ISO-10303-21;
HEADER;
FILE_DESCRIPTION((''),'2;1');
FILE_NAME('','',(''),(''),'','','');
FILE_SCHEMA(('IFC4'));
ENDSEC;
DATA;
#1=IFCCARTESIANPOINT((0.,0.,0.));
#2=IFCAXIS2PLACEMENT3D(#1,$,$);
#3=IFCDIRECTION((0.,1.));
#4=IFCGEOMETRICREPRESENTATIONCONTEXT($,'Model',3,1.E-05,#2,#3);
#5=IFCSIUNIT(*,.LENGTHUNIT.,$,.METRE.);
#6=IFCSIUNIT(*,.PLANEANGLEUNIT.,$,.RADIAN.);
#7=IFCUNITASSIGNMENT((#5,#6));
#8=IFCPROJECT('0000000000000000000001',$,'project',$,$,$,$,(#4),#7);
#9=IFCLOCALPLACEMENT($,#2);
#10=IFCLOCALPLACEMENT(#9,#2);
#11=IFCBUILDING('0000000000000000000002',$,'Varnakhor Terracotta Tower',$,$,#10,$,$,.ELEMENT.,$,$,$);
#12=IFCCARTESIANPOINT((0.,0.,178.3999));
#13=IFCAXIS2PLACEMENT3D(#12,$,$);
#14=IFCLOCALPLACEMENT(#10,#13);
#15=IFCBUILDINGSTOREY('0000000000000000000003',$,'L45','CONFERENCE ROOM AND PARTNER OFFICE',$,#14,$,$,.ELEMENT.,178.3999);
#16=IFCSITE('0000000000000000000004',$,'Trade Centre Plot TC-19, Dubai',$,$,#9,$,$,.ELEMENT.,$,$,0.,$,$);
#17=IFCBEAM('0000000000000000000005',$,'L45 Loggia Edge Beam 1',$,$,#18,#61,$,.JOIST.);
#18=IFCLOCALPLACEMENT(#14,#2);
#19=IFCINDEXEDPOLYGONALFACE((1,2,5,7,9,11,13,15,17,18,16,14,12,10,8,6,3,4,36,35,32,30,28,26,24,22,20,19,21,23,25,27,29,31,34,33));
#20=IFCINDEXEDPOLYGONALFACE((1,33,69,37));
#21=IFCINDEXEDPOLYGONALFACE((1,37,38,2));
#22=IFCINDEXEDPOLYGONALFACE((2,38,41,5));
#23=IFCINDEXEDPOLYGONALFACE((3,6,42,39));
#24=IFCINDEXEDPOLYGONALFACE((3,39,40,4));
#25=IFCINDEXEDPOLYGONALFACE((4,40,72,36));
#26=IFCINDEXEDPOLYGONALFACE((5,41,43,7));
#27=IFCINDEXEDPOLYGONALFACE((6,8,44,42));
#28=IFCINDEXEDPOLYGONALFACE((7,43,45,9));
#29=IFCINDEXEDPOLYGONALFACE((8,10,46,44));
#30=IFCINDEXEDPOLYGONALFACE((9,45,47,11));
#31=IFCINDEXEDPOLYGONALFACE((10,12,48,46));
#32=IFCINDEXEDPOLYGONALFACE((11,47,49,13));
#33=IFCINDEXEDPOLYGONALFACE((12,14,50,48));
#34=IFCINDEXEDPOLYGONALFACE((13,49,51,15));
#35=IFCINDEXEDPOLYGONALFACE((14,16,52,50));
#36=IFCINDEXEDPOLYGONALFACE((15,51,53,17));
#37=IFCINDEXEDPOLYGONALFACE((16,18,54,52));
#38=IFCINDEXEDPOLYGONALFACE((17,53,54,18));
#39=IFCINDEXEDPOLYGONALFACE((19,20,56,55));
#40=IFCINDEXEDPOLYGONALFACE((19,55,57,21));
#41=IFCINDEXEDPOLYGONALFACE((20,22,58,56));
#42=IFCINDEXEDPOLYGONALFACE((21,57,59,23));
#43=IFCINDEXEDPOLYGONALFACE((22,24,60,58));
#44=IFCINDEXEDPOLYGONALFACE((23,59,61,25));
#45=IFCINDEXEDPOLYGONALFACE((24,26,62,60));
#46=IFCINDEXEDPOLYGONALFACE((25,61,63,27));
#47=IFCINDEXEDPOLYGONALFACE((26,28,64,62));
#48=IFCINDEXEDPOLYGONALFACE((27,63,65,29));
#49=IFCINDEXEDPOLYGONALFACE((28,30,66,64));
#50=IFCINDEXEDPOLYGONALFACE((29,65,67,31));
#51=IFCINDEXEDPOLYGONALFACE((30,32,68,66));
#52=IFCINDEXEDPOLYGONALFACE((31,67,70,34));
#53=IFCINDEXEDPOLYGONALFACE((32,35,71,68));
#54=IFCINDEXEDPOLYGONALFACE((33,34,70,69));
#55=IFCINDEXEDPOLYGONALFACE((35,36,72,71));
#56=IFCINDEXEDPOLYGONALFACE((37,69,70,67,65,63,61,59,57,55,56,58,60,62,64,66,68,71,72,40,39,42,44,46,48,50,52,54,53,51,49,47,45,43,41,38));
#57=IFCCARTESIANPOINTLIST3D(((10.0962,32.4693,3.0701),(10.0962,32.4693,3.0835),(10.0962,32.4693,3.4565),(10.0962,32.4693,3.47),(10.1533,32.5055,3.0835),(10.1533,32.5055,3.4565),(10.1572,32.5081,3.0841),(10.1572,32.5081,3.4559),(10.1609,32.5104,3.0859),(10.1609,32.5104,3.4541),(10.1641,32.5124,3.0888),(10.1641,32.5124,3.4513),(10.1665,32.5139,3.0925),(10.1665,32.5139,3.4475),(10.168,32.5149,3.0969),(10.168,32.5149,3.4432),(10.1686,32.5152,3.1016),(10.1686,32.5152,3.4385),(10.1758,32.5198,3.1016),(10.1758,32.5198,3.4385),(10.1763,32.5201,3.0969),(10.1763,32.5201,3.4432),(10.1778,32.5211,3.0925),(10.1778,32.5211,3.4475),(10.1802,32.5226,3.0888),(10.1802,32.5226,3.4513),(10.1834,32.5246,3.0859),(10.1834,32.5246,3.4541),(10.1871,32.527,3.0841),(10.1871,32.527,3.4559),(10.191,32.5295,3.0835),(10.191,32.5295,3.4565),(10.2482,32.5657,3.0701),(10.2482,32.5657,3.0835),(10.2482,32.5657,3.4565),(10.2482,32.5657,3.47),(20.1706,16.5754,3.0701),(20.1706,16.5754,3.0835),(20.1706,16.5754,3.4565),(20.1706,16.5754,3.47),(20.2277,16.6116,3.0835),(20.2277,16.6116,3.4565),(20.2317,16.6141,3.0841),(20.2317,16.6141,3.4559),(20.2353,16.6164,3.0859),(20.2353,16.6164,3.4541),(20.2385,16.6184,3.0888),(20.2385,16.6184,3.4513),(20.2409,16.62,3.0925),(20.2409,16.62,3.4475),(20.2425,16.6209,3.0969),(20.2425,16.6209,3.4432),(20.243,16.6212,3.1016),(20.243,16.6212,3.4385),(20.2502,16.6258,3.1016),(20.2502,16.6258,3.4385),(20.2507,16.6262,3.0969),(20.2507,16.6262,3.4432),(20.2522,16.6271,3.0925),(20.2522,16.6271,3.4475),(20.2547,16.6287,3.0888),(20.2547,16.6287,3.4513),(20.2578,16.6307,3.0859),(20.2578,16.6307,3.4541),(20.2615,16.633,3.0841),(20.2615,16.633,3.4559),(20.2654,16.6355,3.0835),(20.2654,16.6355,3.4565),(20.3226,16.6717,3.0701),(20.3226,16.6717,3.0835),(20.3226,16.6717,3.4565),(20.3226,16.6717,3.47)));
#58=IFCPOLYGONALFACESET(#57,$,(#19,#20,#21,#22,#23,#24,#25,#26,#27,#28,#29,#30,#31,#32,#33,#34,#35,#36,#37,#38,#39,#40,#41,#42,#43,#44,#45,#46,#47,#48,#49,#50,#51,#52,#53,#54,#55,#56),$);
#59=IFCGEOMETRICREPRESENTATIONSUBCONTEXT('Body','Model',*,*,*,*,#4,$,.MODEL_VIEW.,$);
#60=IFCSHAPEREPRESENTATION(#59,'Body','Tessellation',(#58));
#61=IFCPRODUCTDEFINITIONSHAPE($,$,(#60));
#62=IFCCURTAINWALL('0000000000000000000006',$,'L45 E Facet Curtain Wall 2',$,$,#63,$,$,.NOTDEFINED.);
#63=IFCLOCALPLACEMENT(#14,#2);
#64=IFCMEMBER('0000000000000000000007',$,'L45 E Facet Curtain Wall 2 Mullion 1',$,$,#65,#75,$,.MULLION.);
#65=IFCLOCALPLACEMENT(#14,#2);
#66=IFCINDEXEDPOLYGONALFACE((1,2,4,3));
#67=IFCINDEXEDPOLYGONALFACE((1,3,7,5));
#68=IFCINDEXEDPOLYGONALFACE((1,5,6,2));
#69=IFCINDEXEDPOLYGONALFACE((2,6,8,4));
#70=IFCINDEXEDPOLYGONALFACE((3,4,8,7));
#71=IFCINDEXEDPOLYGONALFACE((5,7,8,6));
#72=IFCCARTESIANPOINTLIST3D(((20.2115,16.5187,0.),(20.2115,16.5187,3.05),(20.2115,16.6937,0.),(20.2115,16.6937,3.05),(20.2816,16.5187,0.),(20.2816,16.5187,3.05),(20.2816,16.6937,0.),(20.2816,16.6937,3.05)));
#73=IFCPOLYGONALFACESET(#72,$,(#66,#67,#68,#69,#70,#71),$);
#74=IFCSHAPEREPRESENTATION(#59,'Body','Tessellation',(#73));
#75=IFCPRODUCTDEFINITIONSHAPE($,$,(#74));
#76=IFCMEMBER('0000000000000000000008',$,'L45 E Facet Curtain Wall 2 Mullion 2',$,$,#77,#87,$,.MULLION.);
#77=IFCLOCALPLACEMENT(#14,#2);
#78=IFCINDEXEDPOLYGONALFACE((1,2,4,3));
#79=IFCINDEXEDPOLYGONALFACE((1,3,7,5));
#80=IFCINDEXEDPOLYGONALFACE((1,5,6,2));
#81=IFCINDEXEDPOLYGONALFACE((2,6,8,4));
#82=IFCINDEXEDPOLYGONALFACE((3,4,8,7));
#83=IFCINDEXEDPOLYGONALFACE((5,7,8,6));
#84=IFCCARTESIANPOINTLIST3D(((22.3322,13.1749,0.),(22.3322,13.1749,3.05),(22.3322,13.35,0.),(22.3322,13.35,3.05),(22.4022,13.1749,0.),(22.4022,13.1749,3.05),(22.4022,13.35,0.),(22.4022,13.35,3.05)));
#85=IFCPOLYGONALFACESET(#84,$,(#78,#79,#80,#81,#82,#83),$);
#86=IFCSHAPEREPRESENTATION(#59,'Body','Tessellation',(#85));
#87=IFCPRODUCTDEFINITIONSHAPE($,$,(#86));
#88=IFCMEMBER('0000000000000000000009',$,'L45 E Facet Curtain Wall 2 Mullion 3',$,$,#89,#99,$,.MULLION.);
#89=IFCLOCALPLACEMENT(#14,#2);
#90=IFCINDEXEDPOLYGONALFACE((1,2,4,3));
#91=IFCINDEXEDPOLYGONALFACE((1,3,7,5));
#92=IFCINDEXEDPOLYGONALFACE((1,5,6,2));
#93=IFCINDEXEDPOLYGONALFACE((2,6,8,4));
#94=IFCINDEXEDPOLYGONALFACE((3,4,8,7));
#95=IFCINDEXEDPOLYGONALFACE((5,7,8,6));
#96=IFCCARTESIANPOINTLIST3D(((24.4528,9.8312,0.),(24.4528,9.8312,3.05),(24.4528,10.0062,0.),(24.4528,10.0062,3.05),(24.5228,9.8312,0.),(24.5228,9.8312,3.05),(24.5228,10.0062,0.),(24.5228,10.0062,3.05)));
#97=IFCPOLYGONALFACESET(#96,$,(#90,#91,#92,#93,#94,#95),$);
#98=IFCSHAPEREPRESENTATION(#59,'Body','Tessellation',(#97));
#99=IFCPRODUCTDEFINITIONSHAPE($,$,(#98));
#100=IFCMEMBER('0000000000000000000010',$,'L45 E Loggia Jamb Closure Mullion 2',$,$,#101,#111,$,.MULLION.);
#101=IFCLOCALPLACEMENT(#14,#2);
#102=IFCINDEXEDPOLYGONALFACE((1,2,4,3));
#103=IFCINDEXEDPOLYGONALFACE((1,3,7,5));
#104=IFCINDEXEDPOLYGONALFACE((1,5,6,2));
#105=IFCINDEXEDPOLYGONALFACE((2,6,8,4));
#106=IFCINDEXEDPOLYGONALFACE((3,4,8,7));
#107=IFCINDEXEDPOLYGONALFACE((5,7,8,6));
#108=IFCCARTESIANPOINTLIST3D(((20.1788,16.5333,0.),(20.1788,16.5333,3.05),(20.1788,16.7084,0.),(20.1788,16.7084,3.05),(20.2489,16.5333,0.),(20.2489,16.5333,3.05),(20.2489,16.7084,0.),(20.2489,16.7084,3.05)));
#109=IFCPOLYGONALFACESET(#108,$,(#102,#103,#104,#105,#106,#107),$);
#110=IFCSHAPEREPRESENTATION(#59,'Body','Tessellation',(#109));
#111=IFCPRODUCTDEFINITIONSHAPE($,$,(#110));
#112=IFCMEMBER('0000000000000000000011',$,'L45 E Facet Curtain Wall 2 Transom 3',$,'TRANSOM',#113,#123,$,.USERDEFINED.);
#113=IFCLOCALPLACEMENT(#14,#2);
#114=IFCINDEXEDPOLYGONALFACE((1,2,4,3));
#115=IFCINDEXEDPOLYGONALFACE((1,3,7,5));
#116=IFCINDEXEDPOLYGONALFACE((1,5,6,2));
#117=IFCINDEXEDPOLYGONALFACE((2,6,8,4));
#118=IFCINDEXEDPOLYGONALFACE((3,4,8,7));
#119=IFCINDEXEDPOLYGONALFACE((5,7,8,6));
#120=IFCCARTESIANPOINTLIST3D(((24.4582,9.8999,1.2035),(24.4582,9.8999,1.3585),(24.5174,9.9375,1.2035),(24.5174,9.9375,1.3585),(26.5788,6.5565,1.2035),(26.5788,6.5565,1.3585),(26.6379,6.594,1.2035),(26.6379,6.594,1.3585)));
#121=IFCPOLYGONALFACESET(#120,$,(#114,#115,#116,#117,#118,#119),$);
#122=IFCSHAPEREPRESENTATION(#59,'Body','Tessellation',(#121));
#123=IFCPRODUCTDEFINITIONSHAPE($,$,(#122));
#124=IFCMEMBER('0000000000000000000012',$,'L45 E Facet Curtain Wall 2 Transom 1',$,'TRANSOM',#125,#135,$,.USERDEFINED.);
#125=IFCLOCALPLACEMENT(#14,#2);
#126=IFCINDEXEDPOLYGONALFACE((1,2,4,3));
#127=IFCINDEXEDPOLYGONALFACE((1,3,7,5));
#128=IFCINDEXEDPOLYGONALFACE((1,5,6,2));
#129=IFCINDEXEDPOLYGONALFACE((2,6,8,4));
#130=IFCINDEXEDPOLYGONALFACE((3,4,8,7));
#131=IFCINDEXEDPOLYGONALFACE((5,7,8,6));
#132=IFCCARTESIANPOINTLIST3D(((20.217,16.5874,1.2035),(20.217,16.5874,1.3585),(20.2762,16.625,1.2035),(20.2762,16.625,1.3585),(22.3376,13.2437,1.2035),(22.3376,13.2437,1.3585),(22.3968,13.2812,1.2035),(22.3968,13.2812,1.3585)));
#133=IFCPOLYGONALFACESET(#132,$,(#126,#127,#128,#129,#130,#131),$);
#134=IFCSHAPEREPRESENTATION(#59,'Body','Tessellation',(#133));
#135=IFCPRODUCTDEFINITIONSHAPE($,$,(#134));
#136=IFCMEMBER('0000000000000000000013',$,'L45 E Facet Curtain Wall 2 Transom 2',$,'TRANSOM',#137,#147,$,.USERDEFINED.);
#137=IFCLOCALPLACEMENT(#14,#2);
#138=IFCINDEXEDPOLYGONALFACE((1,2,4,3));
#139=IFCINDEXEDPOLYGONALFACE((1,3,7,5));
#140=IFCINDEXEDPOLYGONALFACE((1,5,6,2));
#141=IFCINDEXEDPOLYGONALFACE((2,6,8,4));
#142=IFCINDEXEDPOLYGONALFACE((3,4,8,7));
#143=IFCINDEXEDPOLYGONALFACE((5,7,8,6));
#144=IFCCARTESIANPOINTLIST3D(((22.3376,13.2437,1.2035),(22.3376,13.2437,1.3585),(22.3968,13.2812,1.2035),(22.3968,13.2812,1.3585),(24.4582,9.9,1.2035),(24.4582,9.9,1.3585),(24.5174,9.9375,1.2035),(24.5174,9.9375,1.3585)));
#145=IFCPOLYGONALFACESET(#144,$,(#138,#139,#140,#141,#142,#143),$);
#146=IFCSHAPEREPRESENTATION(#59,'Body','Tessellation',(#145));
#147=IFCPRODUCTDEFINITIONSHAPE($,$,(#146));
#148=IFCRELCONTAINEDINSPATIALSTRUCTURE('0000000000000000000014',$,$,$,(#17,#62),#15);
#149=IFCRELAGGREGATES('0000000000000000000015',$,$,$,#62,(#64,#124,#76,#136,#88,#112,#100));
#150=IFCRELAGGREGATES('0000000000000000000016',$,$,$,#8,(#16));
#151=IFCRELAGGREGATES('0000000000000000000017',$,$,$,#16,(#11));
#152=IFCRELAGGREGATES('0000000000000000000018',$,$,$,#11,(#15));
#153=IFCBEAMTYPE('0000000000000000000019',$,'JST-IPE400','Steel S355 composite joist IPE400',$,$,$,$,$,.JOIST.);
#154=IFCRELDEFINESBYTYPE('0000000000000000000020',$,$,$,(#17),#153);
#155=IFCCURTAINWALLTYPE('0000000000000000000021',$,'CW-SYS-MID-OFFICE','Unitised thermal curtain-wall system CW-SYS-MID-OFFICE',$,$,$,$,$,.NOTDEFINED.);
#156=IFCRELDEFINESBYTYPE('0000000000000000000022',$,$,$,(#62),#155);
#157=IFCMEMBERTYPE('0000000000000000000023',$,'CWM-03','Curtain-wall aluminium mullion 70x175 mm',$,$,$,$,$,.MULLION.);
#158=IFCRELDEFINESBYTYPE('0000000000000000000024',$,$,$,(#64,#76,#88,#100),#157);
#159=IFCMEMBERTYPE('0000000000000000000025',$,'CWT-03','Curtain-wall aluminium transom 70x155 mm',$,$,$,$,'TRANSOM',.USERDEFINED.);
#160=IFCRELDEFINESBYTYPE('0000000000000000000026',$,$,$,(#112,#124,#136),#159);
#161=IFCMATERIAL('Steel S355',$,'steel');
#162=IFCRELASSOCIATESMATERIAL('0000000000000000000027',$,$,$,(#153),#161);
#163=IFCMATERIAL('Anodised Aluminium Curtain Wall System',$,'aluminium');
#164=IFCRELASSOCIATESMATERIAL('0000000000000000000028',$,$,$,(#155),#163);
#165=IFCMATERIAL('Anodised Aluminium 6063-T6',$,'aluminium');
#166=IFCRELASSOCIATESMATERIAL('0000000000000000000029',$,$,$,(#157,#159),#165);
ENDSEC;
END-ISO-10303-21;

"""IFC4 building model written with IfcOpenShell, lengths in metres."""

from ifc_helpers import new_model, si_unit, direction, frame, origin, origin_2d, place, context, subcontext, project, spatial, rectangle, i_section, extrude, source, transform, mapped, material, material_profile, profile_set, type_object, element, aggregate, save


model = new_model("IFC4")

# Units and contexts
model_context = context("Model", 3, precision=1e-05, world=origin(), true_north=direction((0.0, 1.0)))
body_context = subcontext(model_context, "Body", "Model", "MODEL_VIEW")
ifc_project = project(units=[si_unit("LENGTHUNIT", "METRE"), si_unit("PLANEANGLEUNIT", "RADIAN")], contexts=[model_context])

# Site, building, storey
site_placement = place(None, origin())
site = spatial("IfcSite", under=ifc_project, at=site_placement, Name="Trade Centre Plot TC-19, Dubai", CompositionType="ELEMENT", RefElevation=0.0)
building_placement = place(site_placement, origin())
building = spatial("IfcBuilding", under=site, at=building_placement, Name="Varnakhor Terracotta Tower", CompositionType="ELEMENT")
storey_placement = place(building_placement, frame((0.0, 0.0, 178.3999)))
storey = spatial("IfcBuildingStorey", under=building, at=storey_placement, Name="L45", Description="CONFERENCE ROOM AND PARTNER OFFICE", CompositionType="ELEMENT", Elevation=178.3999)

# Beam
ifc_material_1 = material(Name="Steel S355", Category="steel")
ifc_material_profile_1 = material_profile(ifc_material_1, i_section(OverallWidth=0.1799, OverallDepth=0.3999, WebThickness=0.0085, FlangeThickness=0.0134, FilletRadius=0.0181, at=origin_2d()), Name="IPE400")
ifc_profile_set_1 = profile_set([ifc_material_profile_1], Name="Steel S355")
beam_type = type_object("IfcBeamType", Name="JST-IPE400", Description="Steel S355 composite joist IPE400", PredefinedType="JOIST", material=ifc_profile_set_1)
shared_shape_1 = source(origin(), body_context, "Body", "SweptSolid", [
    extrude(i_section(OverallWidth=0.1799, OverallDepth=0.3999, WebThickness=0.0085, FlangeThickness=0.0134, FilletRadius=0.0181, at=origin_2d()), origin(), (0.0, 0.0, 1.0), 18.8179),
])
beam_1_placement = place(storey_placement, frame((20.2466, 16.6235, 3.27), z_axis=(-0.535364, 0.844621, 0.0), x_axis=(-0.844621, -0.535364, 0.0)))
element("IfcBeam", 1, at=beam_1_placement, inside=storey, type_object=beam_type, Name="L45 Loggia Edge Beam 1", PredefinedType="JOIST", context=body_context, shape_type="MappedRepresentation", body=[
    mapped(shared_shape_1, transform((0.0, 0.0, 0.0), scale=1.0)),
])

# Curtain wall, members
ifc_material_2 = material(Name="Anodised Aluminium Curtain Wall System", Category="aluminium")
curtain_wall_type = type_object("IfcCurtainWallType", Name="CW-SYS-MID-OFFICE", Description="Unitised thermal curtain-wall system CW-SYS-MID-OFFICE", PredefinedType="NOTDEFINED", material=ifc_material_2)
curtain_wall_placement = place(storey_placement, origin())
curtain_wall = element("IfcCurtainWall", 2, at=curtain_wall_placement, inside=storey, type_object=curtain_wall_type, Name="L45 E Facet Curtain Wall 2", PredefinedType="NOTDEFINED")
ifc_material_3 = material(Name="Anodised Aluminium 6063-T6", Category="aluminium")
ifc_material_profile_2 = material_profile(ifc_material_3, rectangle(XDim=0.0701, YDim=0.175, at=origin_2d()), Name="ALU MULLION 70x175")
ifc_profile_set_2 = profile_set([ifc_material_profile_2], Name="Anodised Aluminium 6063-T6")
member_type_1 = type_object("IfcMemberType", Name="CWM-03", Description="Curtain-wall aluminium mullion 70x175 mm", PredefinedType="MULLION", material=ifc_profile_set_2)
shared_shape_2 = source(origin(), body_context, "Body", "SweptSolid", [
    extrude(rectangle(XDim=0.0701, YDim=0.175, at=origin_2d()), origin(), (0.0, 0.0, 1.0), 3.05),
])
member_1_placement = place(storey_placement, frame((20.2466, 16.6062, 0.0), z_axis=(0.0, 0.0, 1.0), x_axis=(1.0, 0.0, 0.0)))
member_1 = element("IfcMember", 3, at=member_1_placement, type_object=member_type_1, Name="L45 E Facet Curtain Wall 2 Mullion 1", PredefinedType="MULLION", context=body_context, shape_type="MappedRepresentation", body=[
    mapped(shared_shape_2, transform((0.0, 0.0, 0.0), scale=1.0)),
])
member_2_placement = place(storey_placement, frame((22.3672, 13.2625, 0.0), z_axis=(0.0, 0.0, 1.0), x_axis=(1.0, 0.0, 0.0)))
member_2 = element("IfcMember", 4, at=member_2_placement, type_object=member_type_1, Name="L45 E Facet Curtain Wall 2 Mullion 2", PredefinedType="MULLION", context=body_context, shape_type="MappedRepresentation", body=[
    mapped(shared_shape_2, transform((0.0, 0.0, 0.0), scale=1.0)),
])
member_3_placement = place(storey_placement, frame((24.4878, 9.9187, 0.0), z_axis=(0.0, 0.0, 1.0), x_axis=(1.0, 0.0, 0.0)))
member_3 = element("IfcMember", 5, at=member_3_placement, type_object=member_type_1, Name="L45 E Facet Curtain Wall 2 Mullion 3", PredefinedType="MULLION", context=body_context, shape_type="MappedRepresentation", body=[
    mapped(shared_shape_2, transform((0.0, 0.0, 0.0), scale=1.0)),
])
member_4_placement = place(storey_placement, frame((20.2139, 16.6208, 0.0), z_axis=(0.0, 0.0, 1.0), x_axis=(1.0, 0.0, 0.0)))
member_4 = element("IfcMember", 6, at=member_4_placement, type_object=member_type_1, Name="L45 E Loggia Jamb Closure Mullion 2", PredefinedType="MULLION", context=body_context, shape_type="MappedRepresentation", body=[
    mapped(shared_shape_2, transform((0.0, 0.0, 0.0), scale=1.0)),
])
ifc_material_profile_3 = material_profile(ifc_material_3, rectangle(XDim=0.0701, YDim=0.155, at=origin_2d()), Name="ALU TRANSOM 70x155")
ifc_profile_set_3 = profile_set([ifc_material_profile_3], Name="Anodised Aluminium 6063-T6")
member_type_2 = type_object("IfcMemberType", Name="CWT-03", Description="Curtain-wall aluminium transom 70x155 mm", ElementType="TRANSOM", PredefinedType="USERDEFINED", material=ifc_profile_set_3)
shared_shape_3 = source(origin(), body_context, "Body", "SweptSolid", [
    extrude(rectangle(XDim=0.0701, YDim=0.155, at=origin_2d()), origin(), (0.0, 0.0, 1.0), 3.9592),
])
member_5_placement = place(storey_placement, frame((24.4878, 9.9187, 1.281), z_axis=(0.535602, -0.84447, 0.0), x_axis=(0.84447, 0.535602, 0.0)))
member_5 = element("IfcMember", 7, at=member_5_placement, type_object=member_type_2, Name="L45 E Facet Curtain Wall 2 Transom 3", ObjectType="TRANSOM", PredefinedType="USERDEFINED", context=body_context, shape_type="MappedRepresentation", body=[
    mapped(shared_shape_3, transform((0.0, 0.0, 0.0), scale=1.0)),
])
shared_shape_4 = source(origin(), body_context, "Body", "SweptSolid", [
    extrude(rectangle(XDim=0.0701, YDim=0.155, at=origin_2d()), origin(), (0.0, 0.0, 1.0), 3.9595),
])
member_6_placement = place(storey_placement, frame((20.2466, 16.6062, 1.281), z_axis=(0.535574, -0.844488, 0.0), x_axis=(0.844488, 0.535574, 0.0)))
member_6 = element("IfcMember", 8, at=member_6_placement, type_object=member_type_2, Name="L45 E Facet Curtain Wall 2 Transom 1", ObjectType="TRANSOM", PredefinedType="USERDEFINED", context=body_context, shape_type="MappedRepresentation", body=[
    mapped(shared_shape_4, transform((0.0, 0.0, 0.0), scale=1.0)),
])
member_7_placement = place(storey_placement, frame((22.3672, 13.2625, 1.281), z_axis=(0.535574, -0.844488, 0.0), x_axis=(0.844488, 0.535574, 0.0)))
member_7 = element("IfcMember", 9, at=member_7_placement, type_object=member_type_2, Name="L45 E Facet Curtain Wall 2 Transom 2", ObjectType="TRANSOM", PredefinedType="USERDEFINED", context=body_context, shape_type="MappedRepresentation", body=[
    mapped(shared_shape_4, transform((0.0, 0.0, 0.0), scale=1.0)),
])

aggregate(curtain_wall, [member_1, member_6, member_2, member_7, member_3, member_5, member_4])

save(model, "model.ifc")
